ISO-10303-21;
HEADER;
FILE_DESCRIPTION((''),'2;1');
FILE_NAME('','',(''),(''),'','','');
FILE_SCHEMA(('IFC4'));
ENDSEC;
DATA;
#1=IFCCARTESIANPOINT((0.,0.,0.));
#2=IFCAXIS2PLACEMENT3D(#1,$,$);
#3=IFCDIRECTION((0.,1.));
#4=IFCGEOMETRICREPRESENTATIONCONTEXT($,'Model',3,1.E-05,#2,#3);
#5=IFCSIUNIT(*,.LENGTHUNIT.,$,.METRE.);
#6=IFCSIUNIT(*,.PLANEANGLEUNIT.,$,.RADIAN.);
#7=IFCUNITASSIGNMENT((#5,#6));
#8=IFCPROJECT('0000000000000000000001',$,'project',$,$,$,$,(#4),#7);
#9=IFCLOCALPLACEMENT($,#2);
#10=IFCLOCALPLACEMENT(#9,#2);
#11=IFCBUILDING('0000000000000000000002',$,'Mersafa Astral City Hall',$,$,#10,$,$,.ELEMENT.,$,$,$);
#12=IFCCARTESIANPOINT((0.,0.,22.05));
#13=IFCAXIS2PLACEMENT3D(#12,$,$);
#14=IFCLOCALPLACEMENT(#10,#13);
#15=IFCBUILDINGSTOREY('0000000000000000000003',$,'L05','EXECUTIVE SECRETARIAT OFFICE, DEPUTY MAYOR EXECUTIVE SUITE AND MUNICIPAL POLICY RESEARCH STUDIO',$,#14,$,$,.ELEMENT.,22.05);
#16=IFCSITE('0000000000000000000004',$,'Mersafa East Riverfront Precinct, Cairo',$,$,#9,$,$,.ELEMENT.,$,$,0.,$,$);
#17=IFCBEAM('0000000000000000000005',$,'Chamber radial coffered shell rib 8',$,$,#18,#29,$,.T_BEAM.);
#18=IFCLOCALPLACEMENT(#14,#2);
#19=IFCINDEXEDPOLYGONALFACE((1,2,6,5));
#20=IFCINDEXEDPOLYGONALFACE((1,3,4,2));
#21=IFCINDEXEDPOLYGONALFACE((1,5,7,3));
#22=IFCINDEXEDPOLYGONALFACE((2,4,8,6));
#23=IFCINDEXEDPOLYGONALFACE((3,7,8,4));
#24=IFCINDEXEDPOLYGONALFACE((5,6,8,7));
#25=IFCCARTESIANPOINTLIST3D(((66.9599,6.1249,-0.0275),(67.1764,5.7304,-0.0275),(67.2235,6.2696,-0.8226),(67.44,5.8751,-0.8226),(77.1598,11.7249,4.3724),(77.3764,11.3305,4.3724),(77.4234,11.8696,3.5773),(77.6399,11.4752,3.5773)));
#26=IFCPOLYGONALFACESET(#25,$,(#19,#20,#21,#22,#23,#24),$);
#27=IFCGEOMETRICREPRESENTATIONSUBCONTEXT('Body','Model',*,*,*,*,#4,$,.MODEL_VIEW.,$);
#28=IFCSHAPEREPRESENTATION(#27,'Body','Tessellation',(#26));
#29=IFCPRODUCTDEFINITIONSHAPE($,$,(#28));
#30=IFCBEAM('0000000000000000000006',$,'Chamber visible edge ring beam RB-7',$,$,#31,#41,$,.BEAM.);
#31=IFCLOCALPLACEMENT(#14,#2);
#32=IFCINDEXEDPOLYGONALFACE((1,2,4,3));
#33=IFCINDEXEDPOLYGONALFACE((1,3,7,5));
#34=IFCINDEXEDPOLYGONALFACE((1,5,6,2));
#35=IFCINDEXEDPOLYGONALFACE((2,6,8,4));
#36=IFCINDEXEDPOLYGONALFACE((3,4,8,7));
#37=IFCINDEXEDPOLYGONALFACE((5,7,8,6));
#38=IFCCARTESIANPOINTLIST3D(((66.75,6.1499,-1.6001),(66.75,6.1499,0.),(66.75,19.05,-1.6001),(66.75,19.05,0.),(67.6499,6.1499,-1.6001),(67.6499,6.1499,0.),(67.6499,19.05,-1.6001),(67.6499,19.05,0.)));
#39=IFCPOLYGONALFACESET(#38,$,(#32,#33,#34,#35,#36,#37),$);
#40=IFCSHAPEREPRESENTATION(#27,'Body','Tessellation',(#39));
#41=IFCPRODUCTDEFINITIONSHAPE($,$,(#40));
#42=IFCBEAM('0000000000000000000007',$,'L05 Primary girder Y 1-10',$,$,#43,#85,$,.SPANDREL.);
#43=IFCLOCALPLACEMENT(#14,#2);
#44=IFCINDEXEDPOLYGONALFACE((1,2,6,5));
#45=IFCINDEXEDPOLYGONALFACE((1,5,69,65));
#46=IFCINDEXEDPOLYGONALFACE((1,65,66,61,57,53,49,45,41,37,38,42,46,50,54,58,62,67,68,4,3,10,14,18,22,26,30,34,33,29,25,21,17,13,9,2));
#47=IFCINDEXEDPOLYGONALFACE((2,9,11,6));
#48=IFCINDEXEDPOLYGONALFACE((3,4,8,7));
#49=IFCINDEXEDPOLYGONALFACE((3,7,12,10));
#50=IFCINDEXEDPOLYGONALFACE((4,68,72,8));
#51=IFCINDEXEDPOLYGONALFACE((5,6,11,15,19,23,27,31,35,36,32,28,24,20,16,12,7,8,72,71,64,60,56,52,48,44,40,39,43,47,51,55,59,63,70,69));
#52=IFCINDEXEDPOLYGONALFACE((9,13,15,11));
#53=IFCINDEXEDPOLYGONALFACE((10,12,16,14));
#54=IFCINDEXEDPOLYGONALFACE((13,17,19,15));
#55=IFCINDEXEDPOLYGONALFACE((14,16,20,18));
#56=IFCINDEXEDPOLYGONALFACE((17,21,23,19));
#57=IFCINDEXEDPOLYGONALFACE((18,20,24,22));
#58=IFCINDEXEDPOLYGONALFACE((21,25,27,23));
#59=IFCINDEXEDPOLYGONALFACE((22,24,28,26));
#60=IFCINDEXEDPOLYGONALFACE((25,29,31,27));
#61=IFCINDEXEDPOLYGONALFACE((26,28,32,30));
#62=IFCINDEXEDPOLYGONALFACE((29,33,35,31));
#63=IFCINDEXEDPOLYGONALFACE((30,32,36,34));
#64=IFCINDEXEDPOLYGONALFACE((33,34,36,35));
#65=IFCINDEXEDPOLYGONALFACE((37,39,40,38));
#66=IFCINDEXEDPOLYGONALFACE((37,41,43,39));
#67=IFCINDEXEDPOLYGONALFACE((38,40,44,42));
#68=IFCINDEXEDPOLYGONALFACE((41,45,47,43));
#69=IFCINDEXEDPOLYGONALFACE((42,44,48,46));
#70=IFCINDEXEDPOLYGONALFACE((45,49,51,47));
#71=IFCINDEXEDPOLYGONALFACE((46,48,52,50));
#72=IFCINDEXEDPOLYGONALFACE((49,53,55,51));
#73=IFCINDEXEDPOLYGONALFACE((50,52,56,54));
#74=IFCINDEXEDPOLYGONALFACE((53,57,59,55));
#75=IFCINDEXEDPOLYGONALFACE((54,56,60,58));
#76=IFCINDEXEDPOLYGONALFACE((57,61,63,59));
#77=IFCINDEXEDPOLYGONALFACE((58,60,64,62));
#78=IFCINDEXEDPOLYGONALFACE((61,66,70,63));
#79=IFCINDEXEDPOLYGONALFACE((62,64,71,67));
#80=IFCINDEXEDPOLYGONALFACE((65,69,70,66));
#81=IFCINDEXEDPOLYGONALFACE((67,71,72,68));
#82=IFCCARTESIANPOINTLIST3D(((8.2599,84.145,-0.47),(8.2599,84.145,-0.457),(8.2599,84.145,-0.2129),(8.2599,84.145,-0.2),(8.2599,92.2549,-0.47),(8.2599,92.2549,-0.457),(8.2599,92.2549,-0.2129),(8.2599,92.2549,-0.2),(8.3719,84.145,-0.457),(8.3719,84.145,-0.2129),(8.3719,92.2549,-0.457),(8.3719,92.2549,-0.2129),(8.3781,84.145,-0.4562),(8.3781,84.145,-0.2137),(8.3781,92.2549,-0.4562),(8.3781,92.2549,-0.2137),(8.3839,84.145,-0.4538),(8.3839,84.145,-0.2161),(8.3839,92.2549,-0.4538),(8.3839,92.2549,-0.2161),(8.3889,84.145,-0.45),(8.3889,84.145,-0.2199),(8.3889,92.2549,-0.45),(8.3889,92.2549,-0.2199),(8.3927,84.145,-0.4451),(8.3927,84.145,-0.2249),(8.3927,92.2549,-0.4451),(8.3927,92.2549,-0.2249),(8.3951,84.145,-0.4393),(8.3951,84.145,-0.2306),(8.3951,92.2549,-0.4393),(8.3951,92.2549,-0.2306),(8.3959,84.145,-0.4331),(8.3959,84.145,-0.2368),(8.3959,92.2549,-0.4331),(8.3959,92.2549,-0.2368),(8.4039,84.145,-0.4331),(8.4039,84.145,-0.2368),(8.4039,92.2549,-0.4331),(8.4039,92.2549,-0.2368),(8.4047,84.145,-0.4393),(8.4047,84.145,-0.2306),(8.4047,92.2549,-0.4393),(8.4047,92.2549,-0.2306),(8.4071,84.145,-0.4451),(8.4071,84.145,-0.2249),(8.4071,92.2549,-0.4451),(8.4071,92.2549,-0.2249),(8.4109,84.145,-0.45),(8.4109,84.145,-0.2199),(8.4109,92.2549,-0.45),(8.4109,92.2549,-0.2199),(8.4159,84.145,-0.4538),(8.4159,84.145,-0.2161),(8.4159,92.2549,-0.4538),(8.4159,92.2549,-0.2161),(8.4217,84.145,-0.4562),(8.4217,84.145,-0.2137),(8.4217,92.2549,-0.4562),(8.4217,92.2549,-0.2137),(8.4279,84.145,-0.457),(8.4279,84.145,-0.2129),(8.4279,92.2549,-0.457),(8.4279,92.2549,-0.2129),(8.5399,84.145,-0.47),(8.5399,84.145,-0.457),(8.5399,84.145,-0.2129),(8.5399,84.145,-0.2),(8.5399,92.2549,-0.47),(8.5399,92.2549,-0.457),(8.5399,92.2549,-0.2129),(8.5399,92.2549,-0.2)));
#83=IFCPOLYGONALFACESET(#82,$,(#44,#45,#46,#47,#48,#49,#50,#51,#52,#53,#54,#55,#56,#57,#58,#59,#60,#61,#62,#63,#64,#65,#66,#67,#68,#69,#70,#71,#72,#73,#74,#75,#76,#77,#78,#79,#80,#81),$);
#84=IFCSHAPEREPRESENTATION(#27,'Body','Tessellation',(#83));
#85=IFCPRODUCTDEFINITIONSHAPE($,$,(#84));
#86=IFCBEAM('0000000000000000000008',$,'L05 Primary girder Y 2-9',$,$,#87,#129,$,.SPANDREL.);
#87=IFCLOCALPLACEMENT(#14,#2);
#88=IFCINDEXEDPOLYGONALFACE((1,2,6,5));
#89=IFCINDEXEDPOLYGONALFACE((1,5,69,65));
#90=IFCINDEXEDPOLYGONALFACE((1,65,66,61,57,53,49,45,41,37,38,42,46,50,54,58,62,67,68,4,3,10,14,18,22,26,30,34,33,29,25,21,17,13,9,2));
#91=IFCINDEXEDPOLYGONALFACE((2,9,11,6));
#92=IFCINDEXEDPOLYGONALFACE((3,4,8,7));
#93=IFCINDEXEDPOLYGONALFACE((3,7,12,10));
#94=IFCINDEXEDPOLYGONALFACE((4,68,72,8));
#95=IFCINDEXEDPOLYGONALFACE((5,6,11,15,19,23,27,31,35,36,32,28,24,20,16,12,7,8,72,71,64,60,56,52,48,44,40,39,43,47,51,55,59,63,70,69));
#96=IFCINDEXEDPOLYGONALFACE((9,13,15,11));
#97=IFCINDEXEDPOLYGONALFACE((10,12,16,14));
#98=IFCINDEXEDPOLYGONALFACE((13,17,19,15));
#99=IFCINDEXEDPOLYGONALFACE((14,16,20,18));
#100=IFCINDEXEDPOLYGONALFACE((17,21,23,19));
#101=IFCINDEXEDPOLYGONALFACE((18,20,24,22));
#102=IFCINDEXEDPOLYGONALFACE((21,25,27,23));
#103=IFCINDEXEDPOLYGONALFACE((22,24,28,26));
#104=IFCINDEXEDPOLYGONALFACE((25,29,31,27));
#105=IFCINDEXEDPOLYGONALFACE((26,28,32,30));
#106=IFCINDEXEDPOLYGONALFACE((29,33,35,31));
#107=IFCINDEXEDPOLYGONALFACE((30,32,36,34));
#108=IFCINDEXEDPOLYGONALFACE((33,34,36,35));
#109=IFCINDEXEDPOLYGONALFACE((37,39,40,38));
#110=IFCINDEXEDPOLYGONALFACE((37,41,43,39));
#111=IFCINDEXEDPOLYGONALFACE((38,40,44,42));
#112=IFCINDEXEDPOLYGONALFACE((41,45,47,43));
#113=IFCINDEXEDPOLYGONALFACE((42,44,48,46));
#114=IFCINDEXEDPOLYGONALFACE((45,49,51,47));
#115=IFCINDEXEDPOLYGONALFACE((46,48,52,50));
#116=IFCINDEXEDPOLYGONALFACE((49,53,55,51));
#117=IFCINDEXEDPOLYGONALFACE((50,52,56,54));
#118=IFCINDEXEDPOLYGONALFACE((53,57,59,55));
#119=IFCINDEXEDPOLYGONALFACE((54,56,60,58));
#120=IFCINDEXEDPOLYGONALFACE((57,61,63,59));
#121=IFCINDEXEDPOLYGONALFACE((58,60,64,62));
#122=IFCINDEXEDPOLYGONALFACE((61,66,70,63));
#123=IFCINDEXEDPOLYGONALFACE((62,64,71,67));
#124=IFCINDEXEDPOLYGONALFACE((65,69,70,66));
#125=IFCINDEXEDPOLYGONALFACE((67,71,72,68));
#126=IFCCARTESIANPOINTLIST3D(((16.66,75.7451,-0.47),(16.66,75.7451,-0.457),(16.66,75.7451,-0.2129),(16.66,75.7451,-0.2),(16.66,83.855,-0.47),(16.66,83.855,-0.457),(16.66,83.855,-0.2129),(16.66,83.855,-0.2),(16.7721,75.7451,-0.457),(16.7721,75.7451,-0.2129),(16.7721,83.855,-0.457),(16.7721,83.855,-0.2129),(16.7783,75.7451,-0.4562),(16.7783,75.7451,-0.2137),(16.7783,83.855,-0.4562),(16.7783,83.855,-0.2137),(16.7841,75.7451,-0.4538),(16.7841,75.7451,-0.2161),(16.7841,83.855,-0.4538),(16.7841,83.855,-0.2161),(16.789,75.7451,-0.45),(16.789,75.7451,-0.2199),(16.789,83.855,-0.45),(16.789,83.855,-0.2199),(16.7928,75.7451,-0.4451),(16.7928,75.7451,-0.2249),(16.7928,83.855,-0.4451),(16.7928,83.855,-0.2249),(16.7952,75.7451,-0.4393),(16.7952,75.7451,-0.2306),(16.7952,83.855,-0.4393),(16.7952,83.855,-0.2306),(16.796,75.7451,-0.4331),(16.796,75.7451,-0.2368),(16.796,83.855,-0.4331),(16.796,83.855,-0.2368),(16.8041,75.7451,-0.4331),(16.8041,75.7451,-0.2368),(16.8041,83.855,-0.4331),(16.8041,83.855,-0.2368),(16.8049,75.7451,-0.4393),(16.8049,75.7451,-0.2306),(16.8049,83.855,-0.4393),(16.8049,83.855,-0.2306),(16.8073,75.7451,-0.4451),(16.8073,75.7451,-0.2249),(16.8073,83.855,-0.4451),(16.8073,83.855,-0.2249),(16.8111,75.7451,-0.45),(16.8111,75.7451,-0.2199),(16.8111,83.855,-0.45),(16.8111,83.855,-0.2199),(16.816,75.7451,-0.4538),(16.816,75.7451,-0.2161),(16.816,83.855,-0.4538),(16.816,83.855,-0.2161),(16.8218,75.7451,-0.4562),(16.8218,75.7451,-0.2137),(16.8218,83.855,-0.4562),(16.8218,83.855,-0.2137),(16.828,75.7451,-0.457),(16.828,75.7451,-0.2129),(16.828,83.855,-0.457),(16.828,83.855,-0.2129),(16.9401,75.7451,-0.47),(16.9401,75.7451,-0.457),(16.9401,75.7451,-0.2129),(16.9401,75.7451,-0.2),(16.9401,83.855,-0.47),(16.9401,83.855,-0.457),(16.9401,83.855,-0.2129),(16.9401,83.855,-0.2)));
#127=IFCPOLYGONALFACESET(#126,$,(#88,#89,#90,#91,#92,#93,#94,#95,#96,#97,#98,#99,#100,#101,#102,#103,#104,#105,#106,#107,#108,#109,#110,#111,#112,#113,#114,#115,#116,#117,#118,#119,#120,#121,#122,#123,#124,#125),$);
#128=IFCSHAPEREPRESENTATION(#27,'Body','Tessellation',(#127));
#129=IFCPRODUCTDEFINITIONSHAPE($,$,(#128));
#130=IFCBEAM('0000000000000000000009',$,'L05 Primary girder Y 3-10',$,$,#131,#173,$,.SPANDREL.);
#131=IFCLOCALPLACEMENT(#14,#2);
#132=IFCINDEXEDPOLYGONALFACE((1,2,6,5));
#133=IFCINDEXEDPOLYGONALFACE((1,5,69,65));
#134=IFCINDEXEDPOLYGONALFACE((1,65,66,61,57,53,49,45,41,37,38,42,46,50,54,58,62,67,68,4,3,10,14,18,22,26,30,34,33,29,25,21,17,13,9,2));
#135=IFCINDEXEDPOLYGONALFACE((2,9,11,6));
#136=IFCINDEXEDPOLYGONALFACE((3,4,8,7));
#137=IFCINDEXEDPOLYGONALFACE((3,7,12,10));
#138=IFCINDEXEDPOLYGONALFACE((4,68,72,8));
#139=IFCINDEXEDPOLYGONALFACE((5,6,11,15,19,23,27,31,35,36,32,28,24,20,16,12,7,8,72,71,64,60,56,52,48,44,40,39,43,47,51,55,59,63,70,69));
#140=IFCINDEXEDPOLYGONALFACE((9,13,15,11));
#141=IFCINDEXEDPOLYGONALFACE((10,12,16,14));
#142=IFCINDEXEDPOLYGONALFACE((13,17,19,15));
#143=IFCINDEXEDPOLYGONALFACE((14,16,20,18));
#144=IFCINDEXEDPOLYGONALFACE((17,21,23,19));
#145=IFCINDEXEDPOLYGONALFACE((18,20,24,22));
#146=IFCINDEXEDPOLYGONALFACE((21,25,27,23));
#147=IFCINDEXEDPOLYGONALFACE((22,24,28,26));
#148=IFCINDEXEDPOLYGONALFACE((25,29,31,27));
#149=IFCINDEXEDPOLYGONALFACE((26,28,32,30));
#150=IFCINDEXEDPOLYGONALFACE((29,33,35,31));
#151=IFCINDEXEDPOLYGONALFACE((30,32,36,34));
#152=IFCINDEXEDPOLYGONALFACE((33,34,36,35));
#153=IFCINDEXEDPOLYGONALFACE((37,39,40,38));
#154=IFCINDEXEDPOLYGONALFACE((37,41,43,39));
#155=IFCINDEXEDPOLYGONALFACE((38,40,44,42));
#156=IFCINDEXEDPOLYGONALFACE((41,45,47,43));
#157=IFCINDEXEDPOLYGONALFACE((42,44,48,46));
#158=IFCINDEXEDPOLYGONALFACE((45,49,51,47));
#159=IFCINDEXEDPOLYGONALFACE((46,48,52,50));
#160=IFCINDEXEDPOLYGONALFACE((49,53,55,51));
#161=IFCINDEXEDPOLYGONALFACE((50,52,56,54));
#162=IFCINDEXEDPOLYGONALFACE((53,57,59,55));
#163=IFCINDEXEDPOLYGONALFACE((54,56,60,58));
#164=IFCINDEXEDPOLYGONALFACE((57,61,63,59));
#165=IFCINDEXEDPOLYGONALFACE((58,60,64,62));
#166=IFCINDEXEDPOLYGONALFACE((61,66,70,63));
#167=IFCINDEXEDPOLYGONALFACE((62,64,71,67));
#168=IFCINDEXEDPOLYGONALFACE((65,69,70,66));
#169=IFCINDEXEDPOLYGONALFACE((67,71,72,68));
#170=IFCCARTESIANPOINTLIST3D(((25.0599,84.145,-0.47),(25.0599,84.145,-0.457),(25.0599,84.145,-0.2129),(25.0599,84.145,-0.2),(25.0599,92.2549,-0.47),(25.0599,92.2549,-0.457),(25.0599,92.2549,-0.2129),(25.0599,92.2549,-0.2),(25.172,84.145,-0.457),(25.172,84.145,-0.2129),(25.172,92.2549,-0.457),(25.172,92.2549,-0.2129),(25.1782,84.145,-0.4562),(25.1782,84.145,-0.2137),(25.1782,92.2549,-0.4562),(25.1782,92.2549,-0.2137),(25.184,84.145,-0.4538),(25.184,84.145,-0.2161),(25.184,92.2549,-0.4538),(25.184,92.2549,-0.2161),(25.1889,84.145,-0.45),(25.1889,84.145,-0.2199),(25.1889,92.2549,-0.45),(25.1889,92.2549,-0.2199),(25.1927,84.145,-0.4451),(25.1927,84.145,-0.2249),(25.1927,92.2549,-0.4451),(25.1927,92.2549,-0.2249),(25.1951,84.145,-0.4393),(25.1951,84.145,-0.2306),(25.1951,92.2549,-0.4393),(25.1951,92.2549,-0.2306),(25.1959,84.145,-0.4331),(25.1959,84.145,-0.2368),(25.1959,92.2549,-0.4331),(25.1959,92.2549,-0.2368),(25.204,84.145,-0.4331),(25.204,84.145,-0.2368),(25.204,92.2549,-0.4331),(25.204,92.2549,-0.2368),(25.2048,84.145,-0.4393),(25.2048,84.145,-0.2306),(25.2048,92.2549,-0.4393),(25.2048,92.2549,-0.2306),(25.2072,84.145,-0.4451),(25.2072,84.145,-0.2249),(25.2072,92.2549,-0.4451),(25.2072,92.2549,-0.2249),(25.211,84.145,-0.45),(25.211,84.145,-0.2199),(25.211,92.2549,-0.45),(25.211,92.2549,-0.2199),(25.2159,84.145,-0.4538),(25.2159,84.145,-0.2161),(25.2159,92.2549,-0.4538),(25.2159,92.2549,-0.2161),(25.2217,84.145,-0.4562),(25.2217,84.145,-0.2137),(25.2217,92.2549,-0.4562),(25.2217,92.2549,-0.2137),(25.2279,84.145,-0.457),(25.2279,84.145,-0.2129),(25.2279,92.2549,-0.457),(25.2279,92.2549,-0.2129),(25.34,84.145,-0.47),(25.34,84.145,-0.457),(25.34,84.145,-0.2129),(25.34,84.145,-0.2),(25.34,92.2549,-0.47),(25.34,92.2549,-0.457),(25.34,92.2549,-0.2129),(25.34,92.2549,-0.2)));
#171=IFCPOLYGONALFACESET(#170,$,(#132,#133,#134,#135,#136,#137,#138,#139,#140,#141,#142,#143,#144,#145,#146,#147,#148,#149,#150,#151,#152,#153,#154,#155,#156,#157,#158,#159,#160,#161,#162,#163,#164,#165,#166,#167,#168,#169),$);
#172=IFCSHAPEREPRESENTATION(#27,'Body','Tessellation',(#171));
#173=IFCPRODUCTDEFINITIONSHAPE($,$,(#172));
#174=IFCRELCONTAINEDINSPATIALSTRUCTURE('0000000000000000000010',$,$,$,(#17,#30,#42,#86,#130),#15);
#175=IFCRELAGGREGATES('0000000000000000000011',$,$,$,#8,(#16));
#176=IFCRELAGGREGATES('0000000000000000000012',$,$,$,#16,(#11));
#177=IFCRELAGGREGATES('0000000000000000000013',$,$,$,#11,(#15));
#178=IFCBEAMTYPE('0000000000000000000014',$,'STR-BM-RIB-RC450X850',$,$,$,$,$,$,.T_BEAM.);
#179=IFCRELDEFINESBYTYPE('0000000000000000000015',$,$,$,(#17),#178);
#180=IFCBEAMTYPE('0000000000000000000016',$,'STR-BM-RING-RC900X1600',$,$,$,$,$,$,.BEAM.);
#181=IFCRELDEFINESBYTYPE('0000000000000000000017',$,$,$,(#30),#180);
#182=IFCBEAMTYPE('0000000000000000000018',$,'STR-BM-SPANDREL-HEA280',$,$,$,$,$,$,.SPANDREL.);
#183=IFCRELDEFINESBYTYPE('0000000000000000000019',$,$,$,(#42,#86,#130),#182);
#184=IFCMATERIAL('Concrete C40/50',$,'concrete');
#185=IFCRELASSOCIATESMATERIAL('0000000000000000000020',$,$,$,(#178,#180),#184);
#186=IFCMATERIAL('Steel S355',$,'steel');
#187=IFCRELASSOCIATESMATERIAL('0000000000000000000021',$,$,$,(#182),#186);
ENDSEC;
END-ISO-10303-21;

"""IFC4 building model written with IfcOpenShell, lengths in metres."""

from ifc_helpers import new_model, si_unit, direction, frame, origin, origin_2d, place, context, subcontext, project, spatial, rectangle, i_section, extrude, material, material_profile, profile_set, type_object, element, save


model = new_model("IFC4")

# Units and contexts
model_context = context("Model", 3, precision=1e-05, world=origin(), true_north=direction((0.0, 1.0)))
body_context = subcontext(model_context, "Body", "Model", "MODEL_VIEW")
ifc_project = project(units=[si_unit("LENGTHUNIT", "METRE"), si_unit("PLANEANGLEUNIT", "RADIAN")], contexts=[model_context])

# Site, building, storey
site_placement = place(None, origin())
site = spatial("IfcSite", under=ifc_project, at=site_placement, Name="Mersafa East Riverfront Precinct, Cairo", CompositionType="ELEMENT", RefElevation=0.0)
building_placement = place(site_placement, origin())
building = spatial("IfcBuilding", under=site, at=building_placement, Name="Mersafa Astral City Hall", CompositionType="ELEMENT")
storey_placement = place(building_placement, frame((0.0, 0.0, 22.05)))
storey = spatial("IfcBuildingStorey", under=building, at=storey_placement, Name="L05", Description="EXECUTIVE SECRETARIAT OFFICE, DEPUTY MAYOR EXECUTIVE SUITE AND MUNICIPAL POLICY RESEARCH STUDIO", CompositionType="ELEMENT", Elevation=22.05)

# Beams
ifc_material_1 = material(Name="Steel S355", Category="steel")
ifc_material_2 = material(Name="Concrete C40/50", Category="concrete")
ifc_material_profile_1 = material_profile(ifc_material_2, rectangle(XDim=0.45, YDim=0.8501, at=origin_2d()), Name="RC 450x850")
ifc_profile_set_1 = profile_set([ifc_material_profile_1], Name="Concrete C40/50")
beam_type_1 = type_object("IfcBeamType", Name="STR-BM-RIB-RC450X850", PredefinedType="T_BEAM", material=ifc_profile_set_1)
for number, where, z_axis, x_axis, name in (
    (1, (67.2, 6.0, -0.425), (0.819917, 0.45016, 0.353683), (-0.481267, 0.876574, 0.0), "Chamber radial coffered shell rib 8"),
):
    element("IfcBeam", number, at=place(storey_placement, frame(where, z_axis=z_axis, x_axis=x_axis)), inside=storey, type_object=beam_type_1, Name=name, PredefinedType="T_BEAM", context=body_context, shape_type="SweptSolid", body=[
        extrude(rectangle(XDim=0.45, YDim=0.8501, at=origin_2d()), origin(), (0.0, 0.0, 1.0), 12.4402),
    ])
ifc_material_profile_2 = material_profile(ifc_material_2, rectangle(XDim=0.8999, YDim=1.6001, at=origin_2d()), Name="RC 900x1600")
ifc_profile_set_2 = profile_set([ifc_material_profile_2], Name="Concrete C40/50")
beam_type_2 = type_object("IfcBeamType", Name="STR-BM-RING-RC900X1600", PredefinedType="BEAM", material=ifc_profile_set_2)
beam_placement = place(storey_placement, frame((67.2, 19.05, -0.8), z_axis=(0.0, -1.0, 0.0), x_axis=(1.0, 0.0, 0.0)))
element("IfcBeam", 2, at=beam_placement, inside=storey, type_object=beam_type_2, Name="Chamber visible edge ring beam RB-7", PredefinedType="BEAM", context=body_context, shape_type="SweptSolid", body=[
    extrude(rectangle(XDim=0.8999, YDim=1.6001, at=origin_2d()), origin(), (0.0, 0.0, 1.0), 12.9001),
])
ifc_material_profile_3 = material_profile(ifc_material_1, i_section(OverallWidth=0.28, OverallDepth=0.27, WebThickness=0.0081, FlangeThickness=0.0129, FilletRadius=0.0239, at=origin_2d()), Name="HEA 280")
ifc_profile_set_3 = profile_set([ifc_material_profile_3], Name="Steel S355")
beam_type_3 = type_object("IfcBeamType", Name="STR-BM-SPANDREL-HEA280", PredefinedType="SPANDREL", material=ifc_profile_set_3)
for number, where, z_axis, x_axis, name in (
    (3, (8.3999, 84.145, -0.335), (0.0, 1.0, 0.0), (-1.0, 0.0, 0.0), "L05 Primary girder Y 1-10"),
    (4, (16.8, 75.7451, -0.335), (0.0, 1.0, 0.0), (-1.0, 0.0, 0.0), "L05 Primary girder Y 2-9"),
    (5, (25.2, 84.145, -0.335), (0.0, 1.0, 0.0), (-1.0, 0.0, 0.0), "L05 Primary girder Y 3-10"),
):
    element("IfcBeam", number, at=place(storey_placement, frame(where, z_axis=z_axis, x_axis=x_axis)), inside=storey, type_object=beam_type_3, Name=name, PredefinedType="SPANDREL", context=body_context, shape_type="SweptSolid", body=[
        extrude(i_section(OverallWidth=0.28, OverallDepth=0.27, WebThickness=0.0081, FlangeThickness=0.0129, FilletRadius=0.0239, at=origin_2d()), origin(), (0.0, 0.0, 1.0), 8.1099),
    ])

save(model, "model.ifc")
